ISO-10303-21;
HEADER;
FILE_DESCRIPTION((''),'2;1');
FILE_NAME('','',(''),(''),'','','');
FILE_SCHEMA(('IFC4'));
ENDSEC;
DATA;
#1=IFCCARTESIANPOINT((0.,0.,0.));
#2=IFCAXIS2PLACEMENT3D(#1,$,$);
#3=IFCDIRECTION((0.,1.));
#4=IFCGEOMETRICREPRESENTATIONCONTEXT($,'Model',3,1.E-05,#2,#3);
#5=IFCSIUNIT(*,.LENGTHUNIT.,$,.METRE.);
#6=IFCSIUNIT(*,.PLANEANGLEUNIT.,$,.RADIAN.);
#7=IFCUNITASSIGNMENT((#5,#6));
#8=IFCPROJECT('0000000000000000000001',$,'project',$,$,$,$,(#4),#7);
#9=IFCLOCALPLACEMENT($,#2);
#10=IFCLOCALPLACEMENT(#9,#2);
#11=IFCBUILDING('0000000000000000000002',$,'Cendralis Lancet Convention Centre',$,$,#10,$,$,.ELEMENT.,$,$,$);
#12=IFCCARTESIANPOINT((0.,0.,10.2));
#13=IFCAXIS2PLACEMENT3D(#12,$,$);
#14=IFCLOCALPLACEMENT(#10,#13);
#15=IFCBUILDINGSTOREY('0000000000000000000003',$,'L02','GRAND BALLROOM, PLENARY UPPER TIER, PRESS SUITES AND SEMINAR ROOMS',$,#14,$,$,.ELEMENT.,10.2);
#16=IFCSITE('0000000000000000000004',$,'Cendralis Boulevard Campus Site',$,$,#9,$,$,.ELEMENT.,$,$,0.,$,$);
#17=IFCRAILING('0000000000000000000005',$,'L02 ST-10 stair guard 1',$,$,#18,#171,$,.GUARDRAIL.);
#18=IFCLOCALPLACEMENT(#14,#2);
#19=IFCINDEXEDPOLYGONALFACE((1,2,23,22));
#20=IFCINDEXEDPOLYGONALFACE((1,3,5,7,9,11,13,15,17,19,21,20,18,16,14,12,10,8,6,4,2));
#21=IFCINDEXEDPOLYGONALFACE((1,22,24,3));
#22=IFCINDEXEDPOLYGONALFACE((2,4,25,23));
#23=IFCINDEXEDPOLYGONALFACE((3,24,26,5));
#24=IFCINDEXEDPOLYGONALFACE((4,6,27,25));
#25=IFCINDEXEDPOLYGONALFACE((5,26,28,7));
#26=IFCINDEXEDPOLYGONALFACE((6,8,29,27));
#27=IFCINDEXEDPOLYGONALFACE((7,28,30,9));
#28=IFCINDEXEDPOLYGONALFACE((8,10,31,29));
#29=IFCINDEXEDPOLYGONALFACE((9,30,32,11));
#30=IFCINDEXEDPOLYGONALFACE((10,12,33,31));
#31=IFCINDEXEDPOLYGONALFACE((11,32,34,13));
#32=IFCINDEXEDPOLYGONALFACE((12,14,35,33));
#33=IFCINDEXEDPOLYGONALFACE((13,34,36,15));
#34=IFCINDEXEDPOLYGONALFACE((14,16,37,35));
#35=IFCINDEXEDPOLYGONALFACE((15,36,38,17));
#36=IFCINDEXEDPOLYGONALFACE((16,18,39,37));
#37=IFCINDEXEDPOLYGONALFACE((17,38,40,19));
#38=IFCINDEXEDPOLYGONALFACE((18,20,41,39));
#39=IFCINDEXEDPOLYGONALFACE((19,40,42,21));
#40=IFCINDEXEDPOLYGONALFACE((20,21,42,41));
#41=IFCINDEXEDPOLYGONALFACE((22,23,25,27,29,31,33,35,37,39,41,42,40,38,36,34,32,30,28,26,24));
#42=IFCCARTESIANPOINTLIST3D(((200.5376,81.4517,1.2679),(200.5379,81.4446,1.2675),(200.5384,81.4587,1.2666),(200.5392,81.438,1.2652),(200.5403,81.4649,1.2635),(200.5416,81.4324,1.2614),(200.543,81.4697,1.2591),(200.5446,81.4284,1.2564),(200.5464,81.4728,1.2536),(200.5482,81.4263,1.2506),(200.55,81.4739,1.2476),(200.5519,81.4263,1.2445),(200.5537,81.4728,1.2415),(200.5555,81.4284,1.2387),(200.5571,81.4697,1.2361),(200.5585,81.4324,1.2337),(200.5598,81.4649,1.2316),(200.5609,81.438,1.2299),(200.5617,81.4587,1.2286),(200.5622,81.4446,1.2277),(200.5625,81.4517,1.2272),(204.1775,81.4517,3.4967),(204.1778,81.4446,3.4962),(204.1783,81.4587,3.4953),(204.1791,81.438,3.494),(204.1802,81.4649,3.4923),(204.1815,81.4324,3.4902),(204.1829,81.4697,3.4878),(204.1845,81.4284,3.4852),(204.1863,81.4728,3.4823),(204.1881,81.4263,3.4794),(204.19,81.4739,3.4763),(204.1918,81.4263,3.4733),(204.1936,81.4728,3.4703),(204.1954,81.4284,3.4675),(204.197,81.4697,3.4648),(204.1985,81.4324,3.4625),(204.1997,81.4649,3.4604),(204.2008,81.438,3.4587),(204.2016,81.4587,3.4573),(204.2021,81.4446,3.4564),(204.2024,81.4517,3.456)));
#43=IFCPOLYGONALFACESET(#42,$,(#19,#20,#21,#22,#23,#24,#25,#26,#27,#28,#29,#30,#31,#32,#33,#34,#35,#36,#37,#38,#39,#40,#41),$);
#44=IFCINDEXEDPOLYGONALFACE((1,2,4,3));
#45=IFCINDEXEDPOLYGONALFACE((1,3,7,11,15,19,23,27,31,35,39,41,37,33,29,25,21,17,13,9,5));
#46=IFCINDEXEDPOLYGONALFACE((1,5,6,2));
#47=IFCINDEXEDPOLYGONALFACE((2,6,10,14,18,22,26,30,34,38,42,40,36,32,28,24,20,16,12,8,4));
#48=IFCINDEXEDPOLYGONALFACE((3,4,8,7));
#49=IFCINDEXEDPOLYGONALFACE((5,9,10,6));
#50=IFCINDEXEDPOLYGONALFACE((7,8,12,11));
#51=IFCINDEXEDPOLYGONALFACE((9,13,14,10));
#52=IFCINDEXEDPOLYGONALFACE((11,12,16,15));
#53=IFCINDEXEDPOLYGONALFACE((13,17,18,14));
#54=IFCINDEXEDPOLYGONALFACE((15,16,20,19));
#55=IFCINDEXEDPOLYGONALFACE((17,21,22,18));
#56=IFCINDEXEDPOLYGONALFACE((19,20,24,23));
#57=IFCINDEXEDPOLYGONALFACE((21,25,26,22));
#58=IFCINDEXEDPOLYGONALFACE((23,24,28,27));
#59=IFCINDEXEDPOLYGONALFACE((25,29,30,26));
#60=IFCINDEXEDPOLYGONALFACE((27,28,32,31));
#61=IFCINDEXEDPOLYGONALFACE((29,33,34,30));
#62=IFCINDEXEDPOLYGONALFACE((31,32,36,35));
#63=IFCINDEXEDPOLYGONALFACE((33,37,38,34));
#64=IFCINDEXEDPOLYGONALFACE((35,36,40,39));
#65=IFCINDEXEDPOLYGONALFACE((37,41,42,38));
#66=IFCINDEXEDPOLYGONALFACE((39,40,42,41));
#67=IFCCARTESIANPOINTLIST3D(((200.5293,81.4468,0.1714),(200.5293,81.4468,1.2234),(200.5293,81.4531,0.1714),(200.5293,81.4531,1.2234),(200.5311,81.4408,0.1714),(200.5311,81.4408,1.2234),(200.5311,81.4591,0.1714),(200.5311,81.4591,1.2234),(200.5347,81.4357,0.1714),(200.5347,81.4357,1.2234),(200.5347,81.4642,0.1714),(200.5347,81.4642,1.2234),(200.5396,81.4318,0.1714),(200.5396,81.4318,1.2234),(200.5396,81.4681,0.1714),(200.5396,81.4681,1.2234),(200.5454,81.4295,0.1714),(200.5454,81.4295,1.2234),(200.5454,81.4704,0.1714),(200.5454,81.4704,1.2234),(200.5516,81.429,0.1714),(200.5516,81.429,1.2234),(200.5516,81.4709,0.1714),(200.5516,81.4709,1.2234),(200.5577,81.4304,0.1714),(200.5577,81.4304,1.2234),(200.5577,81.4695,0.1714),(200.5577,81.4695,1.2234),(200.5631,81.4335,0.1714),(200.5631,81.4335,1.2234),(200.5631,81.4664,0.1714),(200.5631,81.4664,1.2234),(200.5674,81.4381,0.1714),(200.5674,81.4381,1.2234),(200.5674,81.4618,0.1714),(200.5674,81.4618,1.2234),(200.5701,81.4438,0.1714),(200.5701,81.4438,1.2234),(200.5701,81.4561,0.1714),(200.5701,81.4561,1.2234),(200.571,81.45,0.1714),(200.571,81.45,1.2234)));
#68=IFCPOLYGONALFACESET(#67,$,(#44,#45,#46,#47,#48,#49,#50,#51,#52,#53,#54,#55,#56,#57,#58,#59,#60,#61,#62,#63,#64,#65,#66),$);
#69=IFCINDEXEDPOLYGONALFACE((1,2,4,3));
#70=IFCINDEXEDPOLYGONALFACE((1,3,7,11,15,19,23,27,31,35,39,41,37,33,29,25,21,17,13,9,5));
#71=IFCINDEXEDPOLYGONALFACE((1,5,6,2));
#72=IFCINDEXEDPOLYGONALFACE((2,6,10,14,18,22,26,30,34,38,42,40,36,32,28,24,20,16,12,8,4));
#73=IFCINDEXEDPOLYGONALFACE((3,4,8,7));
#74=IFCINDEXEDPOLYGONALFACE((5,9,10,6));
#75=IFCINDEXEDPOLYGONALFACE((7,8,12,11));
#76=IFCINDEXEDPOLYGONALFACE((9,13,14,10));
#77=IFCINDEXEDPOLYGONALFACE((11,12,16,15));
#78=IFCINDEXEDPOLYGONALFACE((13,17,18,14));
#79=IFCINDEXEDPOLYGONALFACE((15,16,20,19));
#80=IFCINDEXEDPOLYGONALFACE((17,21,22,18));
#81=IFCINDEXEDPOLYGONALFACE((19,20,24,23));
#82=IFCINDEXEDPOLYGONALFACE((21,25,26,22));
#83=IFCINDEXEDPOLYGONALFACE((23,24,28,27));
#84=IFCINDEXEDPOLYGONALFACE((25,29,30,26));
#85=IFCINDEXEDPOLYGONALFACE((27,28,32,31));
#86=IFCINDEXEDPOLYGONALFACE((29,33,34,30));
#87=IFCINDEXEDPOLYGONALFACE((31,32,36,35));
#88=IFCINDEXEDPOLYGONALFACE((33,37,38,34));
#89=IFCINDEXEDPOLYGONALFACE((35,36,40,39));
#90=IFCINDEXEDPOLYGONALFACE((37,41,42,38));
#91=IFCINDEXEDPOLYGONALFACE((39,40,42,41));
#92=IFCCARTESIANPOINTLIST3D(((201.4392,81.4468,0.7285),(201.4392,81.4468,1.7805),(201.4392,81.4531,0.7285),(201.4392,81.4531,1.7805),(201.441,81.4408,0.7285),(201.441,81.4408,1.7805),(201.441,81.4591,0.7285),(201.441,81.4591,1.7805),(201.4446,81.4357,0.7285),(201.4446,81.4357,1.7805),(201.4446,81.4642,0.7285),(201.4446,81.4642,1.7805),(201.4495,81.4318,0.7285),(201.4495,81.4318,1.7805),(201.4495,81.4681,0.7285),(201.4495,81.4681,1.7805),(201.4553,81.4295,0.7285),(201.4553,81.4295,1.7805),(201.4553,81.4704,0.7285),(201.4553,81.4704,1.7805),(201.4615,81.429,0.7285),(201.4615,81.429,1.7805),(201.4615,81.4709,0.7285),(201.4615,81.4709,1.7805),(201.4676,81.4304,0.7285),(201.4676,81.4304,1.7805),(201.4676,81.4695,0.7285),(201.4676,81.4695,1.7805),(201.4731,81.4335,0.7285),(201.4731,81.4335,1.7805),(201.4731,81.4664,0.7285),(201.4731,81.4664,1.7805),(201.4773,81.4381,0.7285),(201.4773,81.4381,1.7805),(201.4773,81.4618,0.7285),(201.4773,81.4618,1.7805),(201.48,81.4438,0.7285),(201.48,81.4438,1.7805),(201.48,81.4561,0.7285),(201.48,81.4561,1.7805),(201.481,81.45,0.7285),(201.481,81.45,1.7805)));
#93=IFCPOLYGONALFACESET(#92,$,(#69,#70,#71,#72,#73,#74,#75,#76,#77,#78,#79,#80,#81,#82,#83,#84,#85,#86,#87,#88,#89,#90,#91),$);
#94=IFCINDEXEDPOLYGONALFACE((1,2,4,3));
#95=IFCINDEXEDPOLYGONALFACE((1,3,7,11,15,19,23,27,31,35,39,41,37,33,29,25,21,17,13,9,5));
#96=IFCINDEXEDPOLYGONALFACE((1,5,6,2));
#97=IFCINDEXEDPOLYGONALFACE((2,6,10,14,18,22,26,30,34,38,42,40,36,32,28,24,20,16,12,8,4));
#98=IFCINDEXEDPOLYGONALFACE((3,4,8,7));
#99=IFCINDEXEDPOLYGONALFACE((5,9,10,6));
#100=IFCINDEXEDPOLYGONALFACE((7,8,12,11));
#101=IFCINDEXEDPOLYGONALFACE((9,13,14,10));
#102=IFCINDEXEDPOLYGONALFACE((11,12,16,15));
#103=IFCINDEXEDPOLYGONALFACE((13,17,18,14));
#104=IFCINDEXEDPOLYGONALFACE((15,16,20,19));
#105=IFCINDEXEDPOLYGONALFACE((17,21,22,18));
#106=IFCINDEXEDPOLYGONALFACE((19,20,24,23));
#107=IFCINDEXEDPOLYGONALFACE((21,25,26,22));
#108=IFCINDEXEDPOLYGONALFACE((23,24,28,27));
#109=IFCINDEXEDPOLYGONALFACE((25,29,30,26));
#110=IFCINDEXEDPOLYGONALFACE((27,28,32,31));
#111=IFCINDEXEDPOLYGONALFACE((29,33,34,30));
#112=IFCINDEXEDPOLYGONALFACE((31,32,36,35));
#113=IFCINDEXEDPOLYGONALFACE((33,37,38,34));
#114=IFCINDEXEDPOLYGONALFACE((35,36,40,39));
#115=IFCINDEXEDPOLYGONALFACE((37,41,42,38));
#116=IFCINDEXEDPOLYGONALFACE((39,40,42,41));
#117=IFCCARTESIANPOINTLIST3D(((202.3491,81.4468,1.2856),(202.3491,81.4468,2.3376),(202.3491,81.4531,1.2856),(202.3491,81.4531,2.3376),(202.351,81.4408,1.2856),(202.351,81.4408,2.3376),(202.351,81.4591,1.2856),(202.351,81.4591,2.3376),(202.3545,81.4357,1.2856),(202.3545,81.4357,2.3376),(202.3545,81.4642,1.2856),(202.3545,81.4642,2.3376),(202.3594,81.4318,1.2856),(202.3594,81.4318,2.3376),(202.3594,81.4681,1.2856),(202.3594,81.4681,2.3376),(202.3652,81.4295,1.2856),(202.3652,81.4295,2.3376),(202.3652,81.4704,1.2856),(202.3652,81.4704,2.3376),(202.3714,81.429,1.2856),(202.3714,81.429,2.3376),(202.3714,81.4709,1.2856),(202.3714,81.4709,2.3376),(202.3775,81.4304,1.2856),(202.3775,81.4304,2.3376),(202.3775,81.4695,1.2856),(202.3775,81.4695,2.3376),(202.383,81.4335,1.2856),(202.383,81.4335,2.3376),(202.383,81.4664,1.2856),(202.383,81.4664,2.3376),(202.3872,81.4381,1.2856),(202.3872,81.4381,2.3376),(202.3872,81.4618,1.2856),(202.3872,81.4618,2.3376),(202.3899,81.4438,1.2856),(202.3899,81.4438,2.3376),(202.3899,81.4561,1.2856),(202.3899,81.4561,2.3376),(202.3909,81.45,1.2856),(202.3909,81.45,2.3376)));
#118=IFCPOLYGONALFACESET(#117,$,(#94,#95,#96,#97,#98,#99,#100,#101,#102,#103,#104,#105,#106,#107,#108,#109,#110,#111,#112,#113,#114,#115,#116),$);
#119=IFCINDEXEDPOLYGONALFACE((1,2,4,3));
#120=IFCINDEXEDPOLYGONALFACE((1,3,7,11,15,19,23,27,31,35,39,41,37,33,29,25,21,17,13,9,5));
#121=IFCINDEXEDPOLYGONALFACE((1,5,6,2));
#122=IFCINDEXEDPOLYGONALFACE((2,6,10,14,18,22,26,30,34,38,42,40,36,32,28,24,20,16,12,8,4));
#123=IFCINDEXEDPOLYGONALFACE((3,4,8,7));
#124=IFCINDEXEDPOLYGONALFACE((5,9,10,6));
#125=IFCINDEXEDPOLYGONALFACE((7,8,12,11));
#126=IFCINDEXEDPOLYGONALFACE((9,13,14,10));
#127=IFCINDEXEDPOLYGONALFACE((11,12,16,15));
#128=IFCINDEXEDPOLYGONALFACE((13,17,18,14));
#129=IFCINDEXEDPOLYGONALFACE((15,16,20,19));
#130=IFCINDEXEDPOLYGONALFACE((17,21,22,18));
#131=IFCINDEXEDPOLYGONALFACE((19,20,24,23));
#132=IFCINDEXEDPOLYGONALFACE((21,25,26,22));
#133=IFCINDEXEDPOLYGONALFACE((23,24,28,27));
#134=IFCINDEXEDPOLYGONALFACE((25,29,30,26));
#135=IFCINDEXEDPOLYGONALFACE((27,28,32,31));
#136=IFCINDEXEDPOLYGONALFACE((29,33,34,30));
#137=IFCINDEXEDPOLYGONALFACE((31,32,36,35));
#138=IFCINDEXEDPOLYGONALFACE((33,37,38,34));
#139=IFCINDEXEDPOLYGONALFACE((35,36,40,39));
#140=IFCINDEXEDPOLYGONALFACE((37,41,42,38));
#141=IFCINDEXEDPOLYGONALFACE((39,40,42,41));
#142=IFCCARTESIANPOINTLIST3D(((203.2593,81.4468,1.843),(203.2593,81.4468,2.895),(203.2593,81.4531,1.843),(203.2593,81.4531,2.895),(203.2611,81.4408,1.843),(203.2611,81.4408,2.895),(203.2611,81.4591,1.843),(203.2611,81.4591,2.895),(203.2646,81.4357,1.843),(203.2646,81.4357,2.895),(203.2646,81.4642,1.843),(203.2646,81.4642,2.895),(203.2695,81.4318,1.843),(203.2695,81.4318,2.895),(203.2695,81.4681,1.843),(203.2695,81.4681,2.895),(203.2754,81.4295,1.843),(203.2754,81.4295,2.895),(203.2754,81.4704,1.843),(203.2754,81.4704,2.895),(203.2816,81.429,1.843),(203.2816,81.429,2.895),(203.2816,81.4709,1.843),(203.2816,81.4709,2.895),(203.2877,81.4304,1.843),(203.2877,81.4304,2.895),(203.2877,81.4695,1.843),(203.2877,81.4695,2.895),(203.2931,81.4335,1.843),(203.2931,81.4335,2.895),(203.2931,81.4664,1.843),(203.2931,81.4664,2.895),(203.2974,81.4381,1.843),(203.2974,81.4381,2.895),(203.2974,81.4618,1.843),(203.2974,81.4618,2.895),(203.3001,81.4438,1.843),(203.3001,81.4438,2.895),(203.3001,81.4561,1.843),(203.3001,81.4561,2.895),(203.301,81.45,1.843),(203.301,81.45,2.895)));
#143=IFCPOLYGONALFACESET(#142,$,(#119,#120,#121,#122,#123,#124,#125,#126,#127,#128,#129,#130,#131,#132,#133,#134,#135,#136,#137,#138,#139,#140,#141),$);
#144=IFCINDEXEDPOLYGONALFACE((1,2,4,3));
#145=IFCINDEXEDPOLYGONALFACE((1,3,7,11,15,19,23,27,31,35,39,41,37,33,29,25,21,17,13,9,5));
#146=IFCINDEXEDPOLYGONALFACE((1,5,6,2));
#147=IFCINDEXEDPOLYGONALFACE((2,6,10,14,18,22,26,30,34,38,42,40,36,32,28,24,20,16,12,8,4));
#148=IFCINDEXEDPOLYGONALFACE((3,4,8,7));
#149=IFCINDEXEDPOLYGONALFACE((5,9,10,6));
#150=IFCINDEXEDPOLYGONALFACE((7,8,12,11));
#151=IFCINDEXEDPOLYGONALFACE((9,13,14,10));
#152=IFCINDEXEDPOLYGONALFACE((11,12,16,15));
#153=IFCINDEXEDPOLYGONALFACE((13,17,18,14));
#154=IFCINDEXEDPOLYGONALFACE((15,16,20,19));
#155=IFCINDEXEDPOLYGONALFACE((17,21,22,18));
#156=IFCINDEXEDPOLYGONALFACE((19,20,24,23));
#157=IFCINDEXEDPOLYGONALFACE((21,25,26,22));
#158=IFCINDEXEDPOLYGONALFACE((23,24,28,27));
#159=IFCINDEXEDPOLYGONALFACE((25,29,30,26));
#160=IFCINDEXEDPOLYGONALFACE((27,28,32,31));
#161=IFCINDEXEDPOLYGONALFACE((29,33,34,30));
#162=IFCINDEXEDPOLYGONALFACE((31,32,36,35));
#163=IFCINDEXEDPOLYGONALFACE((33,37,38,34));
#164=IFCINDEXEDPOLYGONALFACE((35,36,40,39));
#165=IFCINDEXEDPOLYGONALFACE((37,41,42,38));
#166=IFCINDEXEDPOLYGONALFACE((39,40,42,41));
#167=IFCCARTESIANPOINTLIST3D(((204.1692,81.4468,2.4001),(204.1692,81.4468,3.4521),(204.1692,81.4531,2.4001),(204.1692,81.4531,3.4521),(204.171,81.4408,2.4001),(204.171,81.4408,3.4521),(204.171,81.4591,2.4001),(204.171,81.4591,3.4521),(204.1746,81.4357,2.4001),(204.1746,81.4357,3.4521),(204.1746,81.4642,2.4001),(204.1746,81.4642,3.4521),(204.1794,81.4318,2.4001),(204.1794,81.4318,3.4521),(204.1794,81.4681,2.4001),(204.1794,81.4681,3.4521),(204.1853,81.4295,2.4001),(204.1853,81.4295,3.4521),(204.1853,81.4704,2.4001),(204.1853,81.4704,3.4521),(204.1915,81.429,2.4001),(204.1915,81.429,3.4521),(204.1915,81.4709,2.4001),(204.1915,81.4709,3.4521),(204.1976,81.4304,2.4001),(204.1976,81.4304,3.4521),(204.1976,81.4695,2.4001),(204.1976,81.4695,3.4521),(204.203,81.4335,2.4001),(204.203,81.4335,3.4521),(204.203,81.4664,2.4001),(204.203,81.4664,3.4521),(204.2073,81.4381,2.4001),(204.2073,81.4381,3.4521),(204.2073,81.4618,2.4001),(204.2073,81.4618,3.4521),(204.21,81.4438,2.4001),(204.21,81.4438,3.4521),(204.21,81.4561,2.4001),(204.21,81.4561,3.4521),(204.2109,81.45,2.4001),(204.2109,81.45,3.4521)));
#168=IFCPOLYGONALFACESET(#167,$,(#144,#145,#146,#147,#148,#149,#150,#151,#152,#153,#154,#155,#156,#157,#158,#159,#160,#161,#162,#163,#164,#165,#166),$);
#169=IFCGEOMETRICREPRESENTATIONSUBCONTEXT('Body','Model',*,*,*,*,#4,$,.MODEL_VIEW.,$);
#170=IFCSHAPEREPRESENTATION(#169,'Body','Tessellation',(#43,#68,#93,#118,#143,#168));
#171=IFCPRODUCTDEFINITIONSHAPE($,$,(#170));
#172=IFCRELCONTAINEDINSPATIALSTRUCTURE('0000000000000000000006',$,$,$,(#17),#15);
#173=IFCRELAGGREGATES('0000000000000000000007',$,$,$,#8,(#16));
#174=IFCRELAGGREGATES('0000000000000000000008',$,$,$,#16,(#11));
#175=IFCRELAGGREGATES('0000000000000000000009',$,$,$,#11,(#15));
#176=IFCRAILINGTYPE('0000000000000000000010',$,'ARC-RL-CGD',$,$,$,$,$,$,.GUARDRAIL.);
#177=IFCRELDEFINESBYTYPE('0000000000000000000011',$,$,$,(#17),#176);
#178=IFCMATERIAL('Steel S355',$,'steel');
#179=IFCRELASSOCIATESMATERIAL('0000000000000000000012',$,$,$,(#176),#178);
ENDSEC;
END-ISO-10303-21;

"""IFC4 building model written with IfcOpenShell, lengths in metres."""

from ifc_helpers import new_model, si_unit, direction, frame, origin, origin_2d, place, context, subcontext, project, spatial, circle, extrude, material, type_object, element, save


model = new_model("IFC4")

# Units and contexts
model_context = context("Model", 3, precision=1e-05, world=origin(), true_north=direction((0.0, 1.0)))
body_context = subcontext(model_context, "Body", "Model", "MODEL_VIEW")
ifc_project = project(units=[si_unit("LENGTHUNIT", "METRE"), si_unit("PLANEANGLEUNIT", "RADIAN")], contexts=[model_context])

# Site, building, storey
site_placement = place(None, origin())
site = spatial("IfcSite", under=ifc_project, at=site_placement, Name="Cendralis Boulevard Campus Site", CompositionType="ELEMENT", RefElevation=0.0)
building_placement = place(site_placement, origin())
building = spatial("IfcBuilding", under=site, at=building_placement, Name="Cendralis Lancet Convention Centre", CompositionType="ELEMENT")
storey_placement = place(building_placement, frame((0.0, 0.0, 10.2)))
storey = spatial("IfcBuildingStorey", under=building, at=storey_placement, Name="L02", Description="GRAND BALLROOM, PLENARY UPPER TIER, PRESS SUITES AND SEMINAR ROOMS", CompositionType="ELEMENT", Elevation=10.2)

# Shared definitions
ifc_material_1 = material(Name="Steel S355", Category="steel")

# Railing
railing_type_1 = type_object("IfcRailingType", Name="ARC-RL-CGD", PredefinedType="GUARDRAIL", material=ifc_material_1)
railing_1_placement = place(storey_placement, frame((200.55, 81.45, 0.1714)))
element("IfcRailing", 1, at=railing_1_placement, inside=storey, type_object=railing_type_1, Name="L02 ST-10 stair guard 1", PredefinedType="GUARDRAIL", context=body_context, shape_type="SweptSolid", body=[
    extrude(circle(Radius=0.0239, at=origin_2d()), frame((0.0, 0.0, 1.0762), z_axis=(0.852825, 0.0, 0.522197), x_axis=(0.0, 1.0, 0.0)), (0.0, 0.0, 1.0), 4.2681),
    extrude(circle(Radius=0.021, at=origin_2d()), origin(), (0.0, 0.0, 1.0), 1.052),
    extrude(circle(Radius=0.021, at=origin_2d()), frame((0.9099, 0.0, 0.5571)), (0.0, 0.0, 1.0), 1.052),
    extrude(circle(Radius=0.021, at=origin_2d()), frame((1.8198, 0.0, 1.1143)), (0.0, 0.0, 1.0), 1.052),
    extrude(circle(Radius=0.021, at=origin_2d()), frame((2.73, 0.0, 1.6716)), (0.0, 0.0, 1.0), 1.052),
    extrude(circle(Radius=0.021, at=origin_2d()), frame((3.6399, 0.0, 2.2288)), (0.0, 0.0, 1.0), 1.052),
])

save(model, "model.ifc")
